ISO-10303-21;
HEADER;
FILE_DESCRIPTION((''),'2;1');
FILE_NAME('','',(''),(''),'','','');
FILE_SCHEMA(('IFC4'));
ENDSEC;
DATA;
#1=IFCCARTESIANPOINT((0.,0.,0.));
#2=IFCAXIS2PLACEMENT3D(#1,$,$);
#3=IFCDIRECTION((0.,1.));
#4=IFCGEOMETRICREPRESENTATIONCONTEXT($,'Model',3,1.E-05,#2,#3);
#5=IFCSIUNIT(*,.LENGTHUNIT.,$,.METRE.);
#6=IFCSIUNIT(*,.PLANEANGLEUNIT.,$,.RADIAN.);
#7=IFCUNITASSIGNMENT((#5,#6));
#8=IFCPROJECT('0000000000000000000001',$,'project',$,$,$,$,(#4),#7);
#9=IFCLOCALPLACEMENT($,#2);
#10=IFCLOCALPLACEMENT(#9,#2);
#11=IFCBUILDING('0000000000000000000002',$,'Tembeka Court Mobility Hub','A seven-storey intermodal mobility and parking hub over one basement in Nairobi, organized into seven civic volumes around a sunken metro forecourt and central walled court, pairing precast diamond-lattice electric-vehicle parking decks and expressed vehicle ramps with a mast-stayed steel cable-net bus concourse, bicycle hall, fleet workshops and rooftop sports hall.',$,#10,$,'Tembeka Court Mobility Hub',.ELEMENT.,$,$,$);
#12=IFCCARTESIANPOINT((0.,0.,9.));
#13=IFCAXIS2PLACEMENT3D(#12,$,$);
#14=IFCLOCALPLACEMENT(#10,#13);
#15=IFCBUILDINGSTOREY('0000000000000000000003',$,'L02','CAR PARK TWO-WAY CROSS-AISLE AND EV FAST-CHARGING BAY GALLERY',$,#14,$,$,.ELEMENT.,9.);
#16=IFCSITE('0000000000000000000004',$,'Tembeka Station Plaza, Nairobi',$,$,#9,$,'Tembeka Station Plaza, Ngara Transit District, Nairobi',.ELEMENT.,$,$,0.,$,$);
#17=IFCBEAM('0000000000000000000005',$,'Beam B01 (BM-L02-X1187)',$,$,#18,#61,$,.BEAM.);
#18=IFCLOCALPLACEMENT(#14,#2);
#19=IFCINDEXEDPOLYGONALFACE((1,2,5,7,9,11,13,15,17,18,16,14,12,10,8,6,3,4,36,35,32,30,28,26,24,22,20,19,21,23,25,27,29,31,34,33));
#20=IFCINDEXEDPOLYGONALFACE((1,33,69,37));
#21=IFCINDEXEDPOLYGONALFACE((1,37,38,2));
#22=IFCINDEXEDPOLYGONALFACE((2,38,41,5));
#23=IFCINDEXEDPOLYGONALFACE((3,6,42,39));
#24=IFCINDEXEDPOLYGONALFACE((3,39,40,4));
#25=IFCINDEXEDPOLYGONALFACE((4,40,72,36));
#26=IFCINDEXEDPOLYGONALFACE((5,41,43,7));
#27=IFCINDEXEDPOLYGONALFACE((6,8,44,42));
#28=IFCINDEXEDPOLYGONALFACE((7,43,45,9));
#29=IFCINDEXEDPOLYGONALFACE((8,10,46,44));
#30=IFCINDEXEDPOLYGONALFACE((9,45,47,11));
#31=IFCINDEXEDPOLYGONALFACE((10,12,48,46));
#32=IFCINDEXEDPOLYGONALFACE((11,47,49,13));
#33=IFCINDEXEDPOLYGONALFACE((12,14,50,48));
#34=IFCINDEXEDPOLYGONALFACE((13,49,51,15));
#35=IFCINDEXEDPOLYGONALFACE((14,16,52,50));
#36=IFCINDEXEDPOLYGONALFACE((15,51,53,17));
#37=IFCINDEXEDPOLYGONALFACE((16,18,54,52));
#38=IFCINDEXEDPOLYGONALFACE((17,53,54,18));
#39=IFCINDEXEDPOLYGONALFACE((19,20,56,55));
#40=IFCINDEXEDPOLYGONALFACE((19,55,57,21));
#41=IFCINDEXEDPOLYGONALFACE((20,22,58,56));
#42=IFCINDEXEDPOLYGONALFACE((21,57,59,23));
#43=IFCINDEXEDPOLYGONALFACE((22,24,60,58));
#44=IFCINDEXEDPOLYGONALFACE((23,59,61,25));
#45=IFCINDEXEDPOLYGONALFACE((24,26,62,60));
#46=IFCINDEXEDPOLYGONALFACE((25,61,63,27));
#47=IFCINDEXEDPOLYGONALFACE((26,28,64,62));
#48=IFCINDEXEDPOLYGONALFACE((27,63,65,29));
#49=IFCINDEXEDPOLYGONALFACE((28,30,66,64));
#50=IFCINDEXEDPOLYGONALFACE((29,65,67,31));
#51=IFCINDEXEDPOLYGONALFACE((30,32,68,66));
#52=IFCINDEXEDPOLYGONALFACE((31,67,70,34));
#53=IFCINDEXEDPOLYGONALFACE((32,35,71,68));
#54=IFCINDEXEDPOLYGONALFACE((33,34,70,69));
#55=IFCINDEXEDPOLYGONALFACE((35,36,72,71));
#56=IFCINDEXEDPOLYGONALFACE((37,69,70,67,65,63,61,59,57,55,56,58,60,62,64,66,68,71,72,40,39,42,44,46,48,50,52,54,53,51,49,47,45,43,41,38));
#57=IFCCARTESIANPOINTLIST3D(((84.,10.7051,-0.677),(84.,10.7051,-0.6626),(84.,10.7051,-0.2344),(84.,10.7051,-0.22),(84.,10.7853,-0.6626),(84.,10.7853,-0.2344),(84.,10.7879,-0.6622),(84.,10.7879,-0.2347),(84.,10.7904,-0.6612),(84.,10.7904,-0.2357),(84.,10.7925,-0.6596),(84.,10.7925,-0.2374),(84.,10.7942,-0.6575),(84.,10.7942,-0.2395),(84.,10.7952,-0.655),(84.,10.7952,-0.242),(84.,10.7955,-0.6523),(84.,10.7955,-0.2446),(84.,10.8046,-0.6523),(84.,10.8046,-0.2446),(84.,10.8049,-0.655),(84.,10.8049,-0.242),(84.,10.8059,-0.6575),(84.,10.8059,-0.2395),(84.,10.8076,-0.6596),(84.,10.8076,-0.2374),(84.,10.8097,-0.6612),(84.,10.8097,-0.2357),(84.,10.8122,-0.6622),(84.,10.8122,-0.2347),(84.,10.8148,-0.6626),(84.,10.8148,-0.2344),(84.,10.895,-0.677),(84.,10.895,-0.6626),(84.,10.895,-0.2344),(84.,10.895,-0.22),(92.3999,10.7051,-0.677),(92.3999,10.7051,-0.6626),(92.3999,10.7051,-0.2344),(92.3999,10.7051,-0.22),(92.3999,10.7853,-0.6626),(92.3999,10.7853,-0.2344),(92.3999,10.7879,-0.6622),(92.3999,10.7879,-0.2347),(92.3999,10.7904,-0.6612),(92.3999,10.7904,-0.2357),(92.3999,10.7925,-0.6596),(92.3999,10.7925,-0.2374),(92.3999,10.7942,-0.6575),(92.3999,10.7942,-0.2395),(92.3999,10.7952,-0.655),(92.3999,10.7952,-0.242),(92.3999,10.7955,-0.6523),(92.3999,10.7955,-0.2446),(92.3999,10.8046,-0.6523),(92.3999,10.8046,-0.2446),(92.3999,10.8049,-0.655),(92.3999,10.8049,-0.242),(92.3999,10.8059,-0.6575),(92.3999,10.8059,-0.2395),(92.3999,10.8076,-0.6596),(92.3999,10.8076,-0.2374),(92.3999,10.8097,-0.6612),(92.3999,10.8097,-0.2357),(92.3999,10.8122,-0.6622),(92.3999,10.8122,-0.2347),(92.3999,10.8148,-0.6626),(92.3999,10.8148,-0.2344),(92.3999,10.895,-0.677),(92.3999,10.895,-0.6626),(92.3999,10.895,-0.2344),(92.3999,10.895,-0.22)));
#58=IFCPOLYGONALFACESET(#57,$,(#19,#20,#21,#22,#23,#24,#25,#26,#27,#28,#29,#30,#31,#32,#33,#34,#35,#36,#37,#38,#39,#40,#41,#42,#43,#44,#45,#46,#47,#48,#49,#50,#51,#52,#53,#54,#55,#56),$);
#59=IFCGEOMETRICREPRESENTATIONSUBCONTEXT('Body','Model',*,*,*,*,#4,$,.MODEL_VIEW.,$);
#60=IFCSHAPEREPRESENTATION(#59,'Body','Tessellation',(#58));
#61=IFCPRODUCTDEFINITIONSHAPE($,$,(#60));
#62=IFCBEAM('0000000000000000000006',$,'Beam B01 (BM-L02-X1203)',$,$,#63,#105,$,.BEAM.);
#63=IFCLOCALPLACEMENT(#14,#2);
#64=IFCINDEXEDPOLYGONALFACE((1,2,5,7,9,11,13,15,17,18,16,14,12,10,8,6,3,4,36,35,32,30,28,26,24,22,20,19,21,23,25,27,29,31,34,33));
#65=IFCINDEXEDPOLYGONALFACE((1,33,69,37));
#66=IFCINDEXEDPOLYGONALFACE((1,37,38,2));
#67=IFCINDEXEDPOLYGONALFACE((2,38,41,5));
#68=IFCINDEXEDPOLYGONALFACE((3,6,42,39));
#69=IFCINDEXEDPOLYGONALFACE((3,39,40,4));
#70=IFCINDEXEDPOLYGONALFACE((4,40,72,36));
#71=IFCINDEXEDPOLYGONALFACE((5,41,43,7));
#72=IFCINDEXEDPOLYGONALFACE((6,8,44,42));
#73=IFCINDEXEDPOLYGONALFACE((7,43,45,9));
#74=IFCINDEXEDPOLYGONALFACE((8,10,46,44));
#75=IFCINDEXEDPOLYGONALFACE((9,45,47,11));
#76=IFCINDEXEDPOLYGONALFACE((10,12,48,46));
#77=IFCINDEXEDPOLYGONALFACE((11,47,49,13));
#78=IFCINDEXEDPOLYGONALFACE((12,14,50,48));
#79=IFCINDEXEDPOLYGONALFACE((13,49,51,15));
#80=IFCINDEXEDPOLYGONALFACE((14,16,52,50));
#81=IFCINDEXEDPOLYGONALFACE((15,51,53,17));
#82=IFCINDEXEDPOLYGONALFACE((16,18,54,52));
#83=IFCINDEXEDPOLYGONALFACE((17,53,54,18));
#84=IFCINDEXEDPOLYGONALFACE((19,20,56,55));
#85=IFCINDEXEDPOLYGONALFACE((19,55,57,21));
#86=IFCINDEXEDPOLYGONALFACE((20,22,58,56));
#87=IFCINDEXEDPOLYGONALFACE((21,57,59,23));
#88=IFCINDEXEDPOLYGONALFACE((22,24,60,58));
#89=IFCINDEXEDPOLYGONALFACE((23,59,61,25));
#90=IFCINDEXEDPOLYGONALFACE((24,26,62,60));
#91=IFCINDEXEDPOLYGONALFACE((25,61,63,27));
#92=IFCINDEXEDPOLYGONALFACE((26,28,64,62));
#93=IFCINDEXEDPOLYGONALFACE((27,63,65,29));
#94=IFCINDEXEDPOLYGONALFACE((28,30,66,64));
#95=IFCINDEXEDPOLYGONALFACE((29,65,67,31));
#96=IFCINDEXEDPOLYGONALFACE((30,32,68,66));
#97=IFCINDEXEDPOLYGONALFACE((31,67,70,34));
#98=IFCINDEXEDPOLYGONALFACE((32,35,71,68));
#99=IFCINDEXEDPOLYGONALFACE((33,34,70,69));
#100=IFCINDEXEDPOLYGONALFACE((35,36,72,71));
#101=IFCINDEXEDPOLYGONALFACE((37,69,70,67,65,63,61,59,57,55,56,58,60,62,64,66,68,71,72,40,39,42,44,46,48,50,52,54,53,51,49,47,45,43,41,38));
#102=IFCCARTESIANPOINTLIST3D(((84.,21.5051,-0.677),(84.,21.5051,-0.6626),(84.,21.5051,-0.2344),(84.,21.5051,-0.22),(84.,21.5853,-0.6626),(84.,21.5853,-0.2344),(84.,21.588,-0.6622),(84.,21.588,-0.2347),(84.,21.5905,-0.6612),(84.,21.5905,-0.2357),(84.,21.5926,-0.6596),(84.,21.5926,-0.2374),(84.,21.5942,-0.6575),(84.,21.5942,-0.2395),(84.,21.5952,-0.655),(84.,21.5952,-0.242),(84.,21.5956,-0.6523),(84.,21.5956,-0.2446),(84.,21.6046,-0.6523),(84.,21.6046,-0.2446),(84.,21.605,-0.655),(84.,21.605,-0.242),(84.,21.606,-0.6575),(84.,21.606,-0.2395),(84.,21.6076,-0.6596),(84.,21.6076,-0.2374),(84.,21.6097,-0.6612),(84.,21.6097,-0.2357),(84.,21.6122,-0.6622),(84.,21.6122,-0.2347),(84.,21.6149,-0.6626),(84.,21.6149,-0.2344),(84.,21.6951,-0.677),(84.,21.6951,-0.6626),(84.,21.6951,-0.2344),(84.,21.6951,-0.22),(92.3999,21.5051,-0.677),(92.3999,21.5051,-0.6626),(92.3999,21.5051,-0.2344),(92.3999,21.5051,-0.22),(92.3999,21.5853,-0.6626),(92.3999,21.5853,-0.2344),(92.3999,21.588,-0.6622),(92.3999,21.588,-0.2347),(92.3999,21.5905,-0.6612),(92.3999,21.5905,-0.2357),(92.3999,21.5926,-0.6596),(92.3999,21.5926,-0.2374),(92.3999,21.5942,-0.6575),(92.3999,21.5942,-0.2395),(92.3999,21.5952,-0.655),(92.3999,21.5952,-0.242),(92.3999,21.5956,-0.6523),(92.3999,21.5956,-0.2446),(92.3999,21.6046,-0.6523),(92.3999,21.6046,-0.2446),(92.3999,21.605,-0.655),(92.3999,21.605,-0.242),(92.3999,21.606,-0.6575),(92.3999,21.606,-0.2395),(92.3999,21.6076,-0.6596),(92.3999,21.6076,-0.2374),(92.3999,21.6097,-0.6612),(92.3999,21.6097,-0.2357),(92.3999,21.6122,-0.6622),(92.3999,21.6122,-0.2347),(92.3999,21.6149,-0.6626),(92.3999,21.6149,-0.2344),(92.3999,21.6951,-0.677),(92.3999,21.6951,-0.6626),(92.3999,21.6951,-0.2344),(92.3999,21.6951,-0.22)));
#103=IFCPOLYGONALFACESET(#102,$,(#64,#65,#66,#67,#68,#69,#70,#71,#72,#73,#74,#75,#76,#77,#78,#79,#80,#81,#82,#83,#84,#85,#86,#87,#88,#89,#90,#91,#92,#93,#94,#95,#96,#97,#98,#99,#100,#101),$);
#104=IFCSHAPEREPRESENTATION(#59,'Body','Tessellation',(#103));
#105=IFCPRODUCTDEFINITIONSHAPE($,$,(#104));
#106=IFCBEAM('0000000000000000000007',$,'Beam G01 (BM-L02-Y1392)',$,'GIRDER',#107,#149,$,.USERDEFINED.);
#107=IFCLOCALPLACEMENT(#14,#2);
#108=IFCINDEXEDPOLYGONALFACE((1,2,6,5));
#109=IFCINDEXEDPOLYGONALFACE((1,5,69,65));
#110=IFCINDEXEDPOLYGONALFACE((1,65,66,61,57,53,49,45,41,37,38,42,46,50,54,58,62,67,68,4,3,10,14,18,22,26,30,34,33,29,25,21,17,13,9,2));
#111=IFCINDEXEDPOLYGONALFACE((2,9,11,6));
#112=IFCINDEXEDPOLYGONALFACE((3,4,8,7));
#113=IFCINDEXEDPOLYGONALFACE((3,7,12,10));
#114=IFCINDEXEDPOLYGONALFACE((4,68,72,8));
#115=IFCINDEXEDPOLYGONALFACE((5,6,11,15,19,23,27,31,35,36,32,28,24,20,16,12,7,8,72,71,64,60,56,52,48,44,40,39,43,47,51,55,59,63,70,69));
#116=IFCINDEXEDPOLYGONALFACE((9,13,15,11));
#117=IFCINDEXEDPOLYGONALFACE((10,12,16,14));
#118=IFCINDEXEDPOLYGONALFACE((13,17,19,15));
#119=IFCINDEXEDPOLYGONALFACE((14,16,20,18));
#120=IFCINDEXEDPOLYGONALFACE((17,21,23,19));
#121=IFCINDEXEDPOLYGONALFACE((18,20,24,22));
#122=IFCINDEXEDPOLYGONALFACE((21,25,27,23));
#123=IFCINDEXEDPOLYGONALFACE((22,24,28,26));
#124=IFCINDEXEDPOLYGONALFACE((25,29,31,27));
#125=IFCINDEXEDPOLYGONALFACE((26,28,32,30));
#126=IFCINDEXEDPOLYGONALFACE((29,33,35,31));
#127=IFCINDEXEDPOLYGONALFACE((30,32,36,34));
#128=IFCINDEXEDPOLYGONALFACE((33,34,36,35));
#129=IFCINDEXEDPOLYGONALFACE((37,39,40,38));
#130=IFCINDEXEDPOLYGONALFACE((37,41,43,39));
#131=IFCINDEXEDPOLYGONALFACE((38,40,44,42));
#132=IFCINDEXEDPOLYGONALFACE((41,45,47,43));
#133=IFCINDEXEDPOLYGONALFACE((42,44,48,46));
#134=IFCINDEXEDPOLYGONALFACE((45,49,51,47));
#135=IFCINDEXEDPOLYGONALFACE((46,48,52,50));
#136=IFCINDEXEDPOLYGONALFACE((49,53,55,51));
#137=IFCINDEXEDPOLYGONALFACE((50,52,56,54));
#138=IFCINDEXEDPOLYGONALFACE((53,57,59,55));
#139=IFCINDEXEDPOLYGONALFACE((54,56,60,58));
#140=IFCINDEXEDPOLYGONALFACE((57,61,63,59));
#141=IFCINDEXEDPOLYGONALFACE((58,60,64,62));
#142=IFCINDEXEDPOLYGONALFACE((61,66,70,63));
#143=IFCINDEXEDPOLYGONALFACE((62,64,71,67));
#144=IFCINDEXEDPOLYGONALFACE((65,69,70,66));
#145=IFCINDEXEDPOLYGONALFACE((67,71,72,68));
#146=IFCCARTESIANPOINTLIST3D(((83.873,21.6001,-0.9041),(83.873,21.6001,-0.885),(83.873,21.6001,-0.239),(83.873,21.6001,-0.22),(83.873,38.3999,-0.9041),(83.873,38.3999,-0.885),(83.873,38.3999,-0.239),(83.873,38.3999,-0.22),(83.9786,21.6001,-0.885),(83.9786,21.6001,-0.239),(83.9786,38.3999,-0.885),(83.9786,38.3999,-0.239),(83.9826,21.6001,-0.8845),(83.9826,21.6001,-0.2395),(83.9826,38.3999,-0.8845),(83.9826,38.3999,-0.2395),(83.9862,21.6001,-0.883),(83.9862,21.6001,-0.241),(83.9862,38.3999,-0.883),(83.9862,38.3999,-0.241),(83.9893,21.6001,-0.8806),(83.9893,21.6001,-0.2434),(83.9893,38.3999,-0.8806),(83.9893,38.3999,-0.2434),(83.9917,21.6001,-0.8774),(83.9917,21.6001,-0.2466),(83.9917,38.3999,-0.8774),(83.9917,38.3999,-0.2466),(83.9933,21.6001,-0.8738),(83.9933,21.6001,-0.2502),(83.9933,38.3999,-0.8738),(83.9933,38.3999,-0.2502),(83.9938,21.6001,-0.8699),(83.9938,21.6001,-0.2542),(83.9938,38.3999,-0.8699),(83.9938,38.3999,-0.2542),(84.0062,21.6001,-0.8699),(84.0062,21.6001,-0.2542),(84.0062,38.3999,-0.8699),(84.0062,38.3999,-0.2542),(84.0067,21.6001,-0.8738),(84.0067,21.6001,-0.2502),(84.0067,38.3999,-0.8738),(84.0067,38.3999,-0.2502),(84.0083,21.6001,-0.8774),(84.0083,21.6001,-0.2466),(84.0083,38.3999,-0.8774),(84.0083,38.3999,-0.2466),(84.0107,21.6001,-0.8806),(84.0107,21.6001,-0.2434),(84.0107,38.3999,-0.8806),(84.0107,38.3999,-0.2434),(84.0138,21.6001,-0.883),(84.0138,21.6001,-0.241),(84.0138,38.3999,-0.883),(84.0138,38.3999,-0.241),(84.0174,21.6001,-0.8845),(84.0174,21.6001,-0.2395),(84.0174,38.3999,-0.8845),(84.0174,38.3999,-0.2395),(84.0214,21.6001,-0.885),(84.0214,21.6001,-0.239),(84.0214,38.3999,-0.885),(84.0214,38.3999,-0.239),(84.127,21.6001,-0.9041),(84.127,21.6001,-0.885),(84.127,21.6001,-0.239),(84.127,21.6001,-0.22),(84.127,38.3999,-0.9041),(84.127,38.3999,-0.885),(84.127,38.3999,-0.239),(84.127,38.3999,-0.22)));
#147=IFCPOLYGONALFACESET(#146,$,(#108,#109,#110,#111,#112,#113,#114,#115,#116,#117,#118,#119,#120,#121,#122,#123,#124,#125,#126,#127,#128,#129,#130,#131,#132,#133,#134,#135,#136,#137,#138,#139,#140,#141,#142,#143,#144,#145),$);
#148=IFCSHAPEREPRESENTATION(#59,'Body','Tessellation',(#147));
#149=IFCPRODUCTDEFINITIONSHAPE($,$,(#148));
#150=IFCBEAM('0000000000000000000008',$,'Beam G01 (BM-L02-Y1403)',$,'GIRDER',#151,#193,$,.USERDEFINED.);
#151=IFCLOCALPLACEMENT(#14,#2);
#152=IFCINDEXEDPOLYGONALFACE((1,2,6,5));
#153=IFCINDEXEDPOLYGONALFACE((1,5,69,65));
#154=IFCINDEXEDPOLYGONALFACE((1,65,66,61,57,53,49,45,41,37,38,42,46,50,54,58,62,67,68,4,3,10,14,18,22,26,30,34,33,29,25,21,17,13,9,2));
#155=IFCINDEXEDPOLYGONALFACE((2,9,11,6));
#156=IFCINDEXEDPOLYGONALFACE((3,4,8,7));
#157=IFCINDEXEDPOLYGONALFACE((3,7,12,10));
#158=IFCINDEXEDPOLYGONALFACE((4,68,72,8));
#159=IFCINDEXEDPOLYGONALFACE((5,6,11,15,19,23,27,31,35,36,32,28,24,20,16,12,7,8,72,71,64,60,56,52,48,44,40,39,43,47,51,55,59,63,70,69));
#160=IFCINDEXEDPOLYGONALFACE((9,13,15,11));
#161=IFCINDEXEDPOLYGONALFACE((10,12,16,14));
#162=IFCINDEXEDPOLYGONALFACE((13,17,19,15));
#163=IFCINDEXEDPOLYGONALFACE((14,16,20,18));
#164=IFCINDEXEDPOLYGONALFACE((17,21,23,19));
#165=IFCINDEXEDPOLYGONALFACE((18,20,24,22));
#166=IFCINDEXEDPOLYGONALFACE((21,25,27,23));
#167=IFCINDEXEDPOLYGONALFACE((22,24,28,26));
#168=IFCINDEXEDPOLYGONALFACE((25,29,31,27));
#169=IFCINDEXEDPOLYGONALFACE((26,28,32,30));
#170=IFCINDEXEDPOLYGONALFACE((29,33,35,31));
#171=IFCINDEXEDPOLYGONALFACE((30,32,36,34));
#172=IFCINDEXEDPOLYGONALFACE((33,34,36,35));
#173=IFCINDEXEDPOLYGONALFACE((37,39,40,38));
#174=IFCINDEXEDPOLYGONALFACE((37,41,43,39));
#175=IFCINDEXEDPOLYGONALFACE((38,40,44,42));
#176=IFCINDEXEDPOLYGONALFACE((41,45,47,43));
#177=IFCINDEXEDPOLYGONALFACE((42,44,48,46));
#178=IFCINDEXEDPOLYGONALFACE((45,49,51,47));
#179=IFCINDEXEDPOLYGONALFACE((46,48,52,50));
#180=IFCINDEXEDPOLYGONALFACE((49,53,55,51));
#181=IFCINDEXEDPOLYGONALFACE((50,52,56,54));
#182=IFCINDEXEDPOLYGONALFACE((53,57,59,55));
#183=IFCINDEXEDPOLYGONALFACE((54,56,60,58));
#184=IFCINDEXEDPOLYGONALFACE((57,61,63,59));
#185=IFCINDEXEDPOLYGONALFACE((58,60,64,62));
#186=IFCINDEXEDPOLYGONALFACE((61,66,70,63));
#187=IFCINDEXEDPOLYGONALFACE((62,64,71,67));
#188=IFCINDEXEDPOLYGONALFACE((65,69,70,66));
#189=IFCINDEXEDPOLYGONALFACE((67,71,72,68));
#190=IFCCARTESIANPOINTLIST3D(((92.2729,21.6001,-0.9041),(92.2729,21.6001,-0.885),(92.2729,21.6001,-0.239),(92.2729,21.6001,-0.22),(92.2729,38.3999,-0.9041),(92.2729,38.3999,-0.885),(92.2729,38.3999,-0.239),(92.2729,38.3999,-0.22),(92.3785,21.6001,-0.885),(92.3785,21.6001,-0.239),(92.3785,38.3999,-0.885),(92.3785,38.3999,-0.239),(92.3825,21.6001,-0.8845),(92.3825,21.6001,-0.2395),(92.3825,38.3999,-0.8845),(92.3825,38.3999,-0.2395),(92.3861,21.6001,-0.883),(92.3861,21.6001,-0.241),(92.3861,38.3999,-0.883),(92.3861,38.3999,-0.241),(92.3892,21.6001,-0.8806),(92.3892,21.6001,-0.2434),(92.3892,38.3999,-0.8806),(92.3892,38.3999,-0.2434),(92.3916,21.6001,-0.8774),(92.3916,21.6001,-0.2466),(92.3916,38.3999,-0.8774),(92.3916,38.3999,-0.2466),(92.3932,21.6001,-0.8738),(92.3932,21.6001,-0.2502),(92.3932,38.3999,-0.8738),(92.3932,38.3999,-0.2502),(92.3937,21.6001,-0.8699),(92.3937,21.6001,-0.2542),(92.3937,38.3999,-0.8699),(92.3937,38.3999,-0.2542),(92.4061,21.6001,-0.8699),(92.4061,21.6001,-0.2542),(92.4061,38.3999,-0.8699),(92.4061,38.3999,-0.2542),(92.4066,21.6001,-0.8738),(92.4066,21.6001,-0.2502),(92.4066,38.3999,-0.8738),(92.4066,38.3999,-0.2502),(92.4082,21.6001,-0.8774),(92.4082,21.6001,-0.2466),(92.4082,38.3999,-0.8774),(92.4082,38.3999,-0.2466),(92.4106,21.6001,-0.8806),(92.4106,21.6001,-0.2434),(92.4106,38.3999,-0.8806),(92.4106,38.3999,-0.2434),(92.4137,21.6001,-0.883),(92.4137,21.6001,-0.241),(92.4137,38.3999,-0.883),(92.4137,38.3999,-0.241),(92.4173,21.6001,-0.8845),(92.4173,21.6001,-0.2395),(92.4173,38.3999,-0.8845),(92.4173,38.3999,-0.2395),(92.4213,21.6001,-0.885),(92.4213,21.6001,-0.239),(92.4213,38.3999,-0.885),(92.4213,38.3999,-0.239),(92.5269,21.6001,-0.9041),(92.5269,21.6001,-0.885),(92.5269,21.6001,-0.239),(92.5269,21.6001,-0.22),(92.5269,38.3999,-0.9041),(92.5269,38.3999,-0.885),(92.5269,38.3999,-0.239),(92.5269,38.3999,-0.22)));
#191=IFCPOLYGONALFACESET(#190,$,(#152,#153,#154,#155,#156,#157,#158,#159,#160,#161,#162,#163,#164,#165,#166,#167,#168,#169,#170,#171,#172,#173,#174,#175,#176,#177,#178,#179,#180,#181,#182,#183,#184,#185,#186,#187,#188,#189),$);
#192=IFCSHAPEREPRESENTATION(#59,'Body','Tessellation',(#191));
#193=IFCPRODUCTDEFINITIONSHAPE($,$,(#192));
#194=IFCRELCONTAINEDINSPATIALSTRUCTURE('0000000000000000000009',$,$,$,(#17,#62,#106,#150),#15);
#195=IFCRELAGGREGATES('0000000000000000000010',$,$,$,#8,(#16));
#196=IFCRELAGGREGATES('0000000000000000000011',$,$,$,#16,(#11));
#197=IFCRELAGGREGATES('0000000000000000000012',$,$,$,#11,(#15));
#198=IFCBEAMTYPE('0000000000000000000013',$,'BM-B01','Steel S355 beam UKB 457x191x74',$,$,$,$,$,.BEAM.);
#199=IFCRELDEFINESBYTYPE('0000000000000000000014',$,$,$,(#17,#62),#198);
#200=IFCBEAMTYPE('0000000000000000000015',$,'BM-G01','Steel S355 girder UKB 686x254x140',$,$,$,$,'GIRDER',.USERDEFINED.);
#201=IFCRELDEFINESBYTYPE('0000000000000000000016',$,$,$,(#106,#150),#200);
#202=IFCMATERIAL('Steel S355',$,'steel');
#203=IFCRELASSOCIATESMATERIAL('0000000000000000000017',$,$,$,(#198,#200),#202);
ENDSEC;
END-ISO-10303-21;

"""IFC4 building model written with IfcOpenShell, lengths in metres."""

from ifc_helpers import new_model, si_unit, direction, frame, origin, origin_2d, place, context, subcontext, project, spatial, i_section, extrude, material, material_profile, profile_set, type_object, element, save


model = new_model("IFC4")

# Units and contexts
model_context = context("Model", 3, precision=1e-05, world=origin(), true_north=direction((0.0, 1.0)))
body_context = subcontext(model_context, "Body", "Model", "MODEL_VIEW")
ifc_project = project(units=[si_unit("LENGTHUNIT", "METRE"), si_unit("PLANEANGLEUNIT", "RADIAN")], contexts=[model_context])

# Site, building, storey
site_placement = place(None, origin())
site = spatial("IfcSite", under=ifc_project, at=site_placement, Name="Tembeka Station Plaza, Nairobi", LongName="Tembeka Station Plaza, Ngara Transit District, Nairobi", CompositionType="ELEMENT", RefElevation=0.0)
building_placement = place(site_placement, origin())
building = spatial("IfcBuilding", under=site, at=building_placement, Name="Tembeka Court Mobility Hub", Description="A seven-storey intermodal mobility and parking hub over one basement in Nairobi, organized into seven civic volumes around a sunken metro forecourt and central walled court, pairing precast diamond-lattice electric-vehicle parking decks and expressed vehicle ramps with a mast-stayed steel cable-net bus concourse, bicycle hall, fleet workshops and rooftop sports hall.", LongName="Tembeka Court Mobility Hub", CompositionType="ELEMENT")
storey_placement = place(building_placement, frame((0.0, 0.0, 9.0)))
storey = spatial("IfcBuildingStorey", under=building, at=storey_placement, Name="L02", Description="CAR PARK TWO-WAY CROSS-AISLE AND EV FAST-CHARGING BAY GALLERY", CompositionType="ELEMENT", Elevation=9.0)

# Shared definitions
ifc_material_1 = material(Name="Steel S355", Category="steel")

# Beams
ifc_material_profile_1 = material_profile(ifc_material_1, i_section(OverallWidth=0.1899, OverallDepth=0.457, WebThickness=0.009, FlangeThickness=0.0144, FilletRadius=0.0103, at=origin_2d()), Name="UKB 457x191x74")
ifc_profile_set_1 = profile_set([ifc_material_profile_1], Name="Steel S355")
beam_type_1 = type_object("IfcBeamType", Name="BM-B01", Description="Steel S355 beam UKB 457x191x74", PredefinedType="BEAM", material=ifc_profile_set_1)
for number, where, z_axis, x_axis, name in (
    (1, (84.0, 10.8, -0.4485), (1.0, 0.0, 0.0), (0.0, 1.0, 0.0), "Beam B01 (BM-L02-X1187)"),
    (2, (84.0, 21.6001, -0.4485), (1.0, 0.0, 0.0), (0.0, 1.0, 0.0), "Beam B01 (BM-L02-X1203)"),
):
    element("IfcBeam", number, at=place(storey_placement, frame(where, z_axis=z_axis, x_axis=x_axis)), inside=storey, type_object=beam_type_1, Name=name, PredefinedType="BEAM", context=body_context, shape_type="SweptSolid", body=[
        extrude(i_section(OverallWidth=0.1899, OverallDepth=0.457, WebThickness=0.009, FlangeThickness=0.0144, FilletRadius=0.0103, at=origin_2d()), origin(), (0.0, 0.0, 1.0), 8.3999),
    ])
ifc_material_profile_2 = material_profile(ifc_material_1, i_section(OverallWidth=0.2539, OverallDepth=0.6841, WebThickness=0.0125, FlangeThickness=0.019, FilletRadius=0.0151, at=origin_2d()), Name="UKB 686x254x140")
ifc_profile_set_2 = profile_set([ifc_material_profile_2], Name="Steel S355")
beam_type_2 = type_object("IfcBeamType", Name="BM-G01", Description="Steel S355 girder UKB 686x254x140", ElementType="GIRDER", PredefinedType="USERDEFINED", material=ifc_profile_set_2)
for number, where, z_axis, x_axis, name in (
    (3, (84.0, 21.6001, -0.562), (0.0, 1.0, 0.0), (-1.0, 0.0, 0.0), "Beam G01 (BM-L02-Y1392)"),
    (4, (92.3999, 21.6001, -0.562), (0.0, 1.0, 0.0), (-1.0, 0.0, 0.0), "Beam G01 (BM-L02-Y1403)"),
):
    element("IfcBeam", number, at=place(storey_placement, frame(where, z_axis=z_axis, x_axis=x_axis)), inside=storey, type_object=beam_type_2, Name=name, ObjectType="GIRDER", PredefinedType="USERDEFINED", context=body_context, shape_type="SweptSolid", body=[
        extrude(i_section(OverallWidth=0.2539, OverallDepth=0.6841, WebThickness=0.0125, FlangeThickness=0.019, FilletRadius=0.0151, at=origin_2d()), origin(), (0.0, 0.0, 1.0), 16.7998),
    ])

save(model, "model.ifc")
